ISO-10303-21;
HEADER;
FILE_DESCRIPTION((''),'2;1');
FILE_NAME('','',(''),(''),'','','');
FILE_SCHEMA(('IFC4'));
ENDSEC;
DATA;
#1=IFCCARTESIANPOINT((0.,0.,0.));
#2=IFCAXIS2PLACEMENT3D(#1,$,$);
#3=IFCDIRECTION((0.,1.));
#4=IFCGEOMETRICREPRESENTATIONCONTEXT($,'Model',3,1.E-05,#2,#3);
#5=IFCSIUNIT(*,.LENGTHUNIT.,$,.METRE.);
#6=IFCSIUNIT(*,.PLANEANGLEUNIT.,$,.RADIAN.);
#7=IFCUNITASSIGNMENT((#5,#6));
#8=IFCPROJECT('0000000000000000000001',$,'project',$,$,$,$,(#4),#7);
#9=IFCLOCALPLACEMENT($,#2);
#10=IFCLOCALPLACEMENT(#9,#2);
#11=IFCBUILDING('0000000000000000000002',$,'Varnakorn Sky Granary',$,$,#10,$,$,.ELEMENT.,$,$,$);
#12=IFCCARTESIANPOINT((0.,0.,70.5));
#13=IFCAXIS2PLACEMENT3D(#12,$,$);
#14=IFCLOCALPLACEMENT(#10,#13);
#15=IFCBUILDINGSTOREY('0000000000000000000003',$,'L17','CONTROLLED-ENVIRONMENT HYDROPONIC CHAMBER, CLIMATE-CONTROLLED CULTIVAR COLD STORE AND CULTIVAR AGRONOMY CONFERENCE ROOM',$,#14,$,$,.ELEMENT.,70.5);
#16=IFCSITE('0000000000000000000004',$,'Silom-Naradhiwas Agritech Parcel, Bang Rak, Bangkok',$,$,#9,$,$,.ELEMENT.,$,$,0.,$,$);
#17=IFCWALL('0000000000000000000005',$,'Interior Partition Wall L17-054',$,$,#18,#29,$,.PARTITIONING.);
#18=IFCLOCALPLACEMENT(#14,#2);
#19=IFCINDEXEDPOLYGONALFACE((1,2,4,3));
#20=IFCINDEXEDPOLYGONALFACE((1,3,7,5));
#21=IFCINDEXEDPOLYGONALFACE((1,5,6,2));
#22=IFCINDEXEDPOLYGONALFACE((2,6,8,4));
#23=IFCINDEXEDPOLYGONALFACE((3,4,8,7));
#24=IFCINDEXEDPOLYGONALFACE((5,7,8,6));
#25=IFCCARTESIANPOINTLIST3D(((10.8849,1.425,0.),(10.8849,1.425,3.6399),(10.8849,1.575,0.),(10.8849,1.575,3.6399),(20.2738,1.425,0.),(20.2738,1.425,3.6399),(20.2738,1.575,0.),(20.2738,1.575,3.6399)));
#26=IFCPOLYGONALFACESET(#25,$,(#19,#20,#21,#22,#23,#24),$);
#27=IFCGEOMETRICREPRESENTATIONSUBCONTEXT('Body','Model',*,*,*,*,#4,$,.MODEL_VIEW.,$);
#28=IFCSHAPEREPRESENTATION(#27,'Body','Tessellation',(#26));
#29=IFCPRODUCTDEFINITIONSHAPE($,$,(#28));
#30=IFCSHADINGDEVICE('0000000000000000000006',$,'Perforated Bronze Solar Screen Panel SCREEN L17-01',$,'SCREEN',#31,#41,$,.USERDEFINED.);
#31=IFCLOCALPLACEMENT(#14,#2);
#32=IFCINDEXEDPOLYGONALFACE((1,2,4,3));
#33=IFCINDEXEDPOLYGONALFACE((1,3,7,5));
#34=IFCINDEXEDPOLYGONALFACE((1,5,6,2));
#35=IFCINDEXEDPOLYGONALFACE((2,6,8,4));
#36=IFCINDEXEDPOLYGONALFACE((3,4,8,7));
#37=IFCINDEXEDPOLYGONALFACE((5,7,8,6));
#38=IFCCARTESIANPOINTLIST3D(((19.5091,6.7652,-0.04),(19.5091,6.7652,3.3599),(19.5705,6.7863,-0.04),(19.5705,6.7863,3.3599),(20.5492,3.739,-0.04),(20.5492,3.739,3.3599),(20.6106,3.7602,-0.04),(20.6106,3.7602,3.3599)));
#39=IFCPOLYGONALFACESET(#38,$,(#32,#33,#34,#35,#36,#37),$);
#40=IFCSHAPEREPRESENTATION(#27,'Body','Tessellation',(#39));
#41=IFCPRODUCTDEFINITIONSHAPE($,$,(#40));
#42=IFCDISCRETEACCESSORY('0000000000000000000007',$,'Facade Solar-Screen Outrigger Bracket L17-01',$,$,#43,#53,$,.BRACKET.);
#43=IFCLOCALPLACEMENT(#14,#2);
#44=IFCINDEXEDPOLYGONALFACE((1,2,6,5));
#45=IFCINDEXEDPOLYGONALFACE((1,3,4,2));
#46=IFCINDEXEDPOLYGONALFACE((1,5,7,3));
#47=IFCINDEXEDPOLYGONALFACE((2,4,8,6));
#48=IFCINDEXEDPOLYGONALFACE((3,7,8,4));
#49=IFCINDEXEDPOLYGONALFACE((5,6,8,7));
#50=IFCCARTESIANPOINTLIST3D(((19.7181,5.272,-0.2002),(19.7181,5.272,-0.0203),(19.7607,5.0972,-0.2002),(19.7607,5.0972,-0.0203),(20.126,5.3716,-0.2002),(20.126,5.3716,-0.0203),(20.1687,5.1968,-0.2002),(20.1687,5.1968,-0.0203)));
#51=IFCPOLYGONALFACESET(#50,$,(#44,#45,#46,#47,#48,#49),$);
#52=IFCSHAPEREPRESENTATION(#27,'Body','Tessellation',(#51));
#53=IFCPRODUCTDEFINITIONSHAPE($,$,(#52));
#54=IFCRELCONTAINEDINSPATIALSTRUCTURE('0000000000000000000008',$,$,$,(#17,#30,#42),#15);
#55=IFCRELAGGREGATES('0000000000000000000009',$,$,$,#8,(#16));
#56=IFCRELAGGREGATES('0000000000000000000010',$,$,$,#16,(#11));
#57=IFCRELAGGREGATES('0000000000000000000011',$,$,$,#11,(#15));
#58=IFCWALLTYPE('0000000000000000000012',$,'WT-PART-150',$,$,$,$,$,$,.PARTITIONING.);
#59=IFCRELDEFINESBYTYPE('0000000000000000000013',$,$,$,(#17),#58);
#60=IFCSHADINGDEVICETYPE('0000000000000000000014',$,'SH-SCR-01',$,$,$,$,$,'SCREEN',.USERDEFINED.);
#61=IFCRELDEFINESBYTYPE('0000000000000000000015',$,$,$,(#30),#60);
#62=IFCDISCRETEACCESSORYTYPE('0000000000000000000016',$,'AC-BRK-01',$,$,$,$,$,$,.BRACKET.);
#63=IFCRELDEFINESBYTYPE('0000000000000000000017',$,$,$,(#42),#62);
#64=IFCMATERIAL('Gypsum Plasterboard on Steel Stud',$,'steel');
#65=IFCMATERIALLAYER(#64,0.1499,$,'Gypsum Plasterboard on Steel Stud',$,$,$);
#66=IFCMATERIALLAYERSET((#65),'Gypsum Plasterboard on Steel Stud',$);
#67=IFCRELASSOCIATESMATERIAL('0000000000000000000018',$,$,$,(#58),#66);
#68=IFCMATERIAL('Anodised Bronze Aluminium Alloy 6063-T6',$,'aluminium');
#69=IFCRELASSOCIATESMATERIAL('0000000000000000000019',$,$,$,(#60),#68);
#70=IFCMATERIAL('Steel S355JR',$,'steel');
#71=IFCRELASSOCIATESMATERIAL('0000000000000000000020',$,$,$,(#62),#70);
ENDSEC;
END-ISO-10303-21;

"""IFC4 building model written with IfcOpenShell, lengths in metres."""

from ifc_helpers import new_model, si_unit, direction, frame, frame_2d, origin, origin_2d, place, context, subcontext, project, spatial, rectangle, extrude, source, transform, mapped, material, layer, layer_set, type_object, type_shapes, element, save


model = new_model("IFC4")

# Units and contexts
model_context = context("Model", 3, precision=1e-05, world=origin(), true_north=direction((0.0, 1.0)))
body_context = subcontext(model_context, "Body", "Model", "MODEL_VIEW")
ifc_project = project(units=[si_unit("LENGTHUNIT", "METRE"), si_unit("PLANEANGLEUNIT", "RADIAN")], contexts=[model_context])

# Site, building, storey
site_placement = place(None, origin())
site = spatial("IfcSite", under=ifc_project, at=site_placement, Name="Silom-Naradhiwas Agritech Parcel, Bang Rak, Bangkok", CompositionType="ELEMENT", RefElevation=0.0)
building_placement = place(site_placement, origin())
building = spatial("IfcBuilding", under=site, at=building_placement, Name="Varnakorn Sky Granary", CompositionType="ELEMENT")
storey_placement = place(building_placement, frame((0.0, 0.0, 70.5)))
storey = spatial("IfcBuildingStorey", under=building, at=storey_placement, Name="L17", Description="CONTROLLED-ENVIRONMENT HYDROPONIC CHAMBER, CLIMATE-CONTROLLED CULTIVAR COLD STORE AND CULTIVAR AGRONOMY CONFERENCE ROOM", CompositionType="ELEMENT", Elevation=70.5)

# Shared definitions
ifc_material_1 = material(Name="Anodised Bronze Aluminium Alloy 6063-T6", Category="aluminium")

# Shared definitions
ifc_material_2 = material(Name="Gypsum Plasterboard on Steel Stud", Category="steel")
ifc_layer_1 = layer(ifc_material_2, 0.1499, Name="Gypsum Plasterboard on Steel Stud")
ifc_layer_set_1 = layer_set([ifc_layer_1], Name="Gypsum Plasterboard on Steel Stud")
wall_type = type_object("IfcWallType", Name="WT-PART-150", PredefinedType="PARTITIONING", material=ifc_layer_set_1)

# Wall
wall_1_placement = place(storey_placement, frame((10.885, 1.5, 0.0), z_axis=(0.0, 0.0, 1.0), x_axis=(1.0, 0.0, 0.0)))
element("IfcWall", 1, at=wall_1_placement, inside=storey, type_object=wall_type, Name="Interior Partition Wall L17-054", PredefinedType="PARTITIONING", context=body_context, shape_type="SweptSolid", body=[
    extrude(rectangle(XDim=9.3889, YDim=0.1499, at=frame_2d((4.6943, 0.0))), origin(), (0.0, 0.0, 1.0), 3.6399),
])

# Shading device
shading_device_type = type_object("IfcShadingDeviceType", Name="SH-SCR-01", ElementType="SCREEN", PredefinedType="USERDEFINED", material=ifc_material_1)
shared_shape_1 = source(origin(), body_context, "Body", "SweptSolid", [
    extrude(rectangle(XDim=3.2, YDim=0.0649, at=origin_2d()), origin(), (0.0, 0.0, 1.0), 3.3999),
])
type_shapes(shading_device_type, [shared_shape_1])
shading_device_placement = place(storey_placement, frame((20.0598, 5.2627, -0.04), z_axis=(0.0, 0.0, 1.0), x_axis=(-0.325036, 0.945702, 0.0)))
element("IfcShadingDevice", 2, at=shading_device_placement, inside=storey, type_object=shading_device_type, Name="Perforated Bronze Solar Screen Panel SCREEN L17-01", ObjectType="SCREEN", PredefinedType="USERDEFINED", context=body_context, shape_type="MappedRepresentation", body=[
    mapped(shared_shape_1, transform((0.0, 0.0, 0.0), x_axis=(1.0, 0.0, 0.0), y_axis=(0.0, 1.0, 0.0), z_axis=(0.0, 0.0, 1.0), scale=1.0)),
])

# Discrete accessory
ifc_material_3 = material(Name="Steel S355JR", Category="steel")
discrete_accessory_type = type_object("IfcDiscreteAccessoryType", Name="AC-BRK-01", PredefinedType="BRACKET", material=ifc_material_3)
shared_shape_2 = source(origin(), body_context, "Body", "SweptSolid", [
    extrude(rectangle(XDim=0.1799, YDim=0.4199, at=origin_2d()), origin(), (0.0, 0.0, 1.0), 0.1799),
])
type_shapes(discrete_accessory_type, [shared_shape_2])
discrete_accessory_placement = place(storey_placement, frame((19.9434, 5.2344, -0.2002), z_axis=(0.0, 0.0, 1.0), x_axis=(-0.23714, 0.971476, 0.0)))
element("IfcDiscreteAccessory", 3, at=discrete_accessory_placement, inside=storey, type_object=discrete_accessory_type, Name="Facade Solar-Screen Outrigger Bracket L17-01", PredefinedType="BRACKET", context=body_context, shape_type="MappedRepresentation", body=[
    mapped(shared_shape_2, transform((0.0, 0.0, 0.0), x_axis=(1.0, 0.0, 0.0), y_axis=(0.0, 1.0, 0.0), z_axis=(0.0, 0.0, 1.0), scale=1.0)),
])

save(model, "model.ifc")
